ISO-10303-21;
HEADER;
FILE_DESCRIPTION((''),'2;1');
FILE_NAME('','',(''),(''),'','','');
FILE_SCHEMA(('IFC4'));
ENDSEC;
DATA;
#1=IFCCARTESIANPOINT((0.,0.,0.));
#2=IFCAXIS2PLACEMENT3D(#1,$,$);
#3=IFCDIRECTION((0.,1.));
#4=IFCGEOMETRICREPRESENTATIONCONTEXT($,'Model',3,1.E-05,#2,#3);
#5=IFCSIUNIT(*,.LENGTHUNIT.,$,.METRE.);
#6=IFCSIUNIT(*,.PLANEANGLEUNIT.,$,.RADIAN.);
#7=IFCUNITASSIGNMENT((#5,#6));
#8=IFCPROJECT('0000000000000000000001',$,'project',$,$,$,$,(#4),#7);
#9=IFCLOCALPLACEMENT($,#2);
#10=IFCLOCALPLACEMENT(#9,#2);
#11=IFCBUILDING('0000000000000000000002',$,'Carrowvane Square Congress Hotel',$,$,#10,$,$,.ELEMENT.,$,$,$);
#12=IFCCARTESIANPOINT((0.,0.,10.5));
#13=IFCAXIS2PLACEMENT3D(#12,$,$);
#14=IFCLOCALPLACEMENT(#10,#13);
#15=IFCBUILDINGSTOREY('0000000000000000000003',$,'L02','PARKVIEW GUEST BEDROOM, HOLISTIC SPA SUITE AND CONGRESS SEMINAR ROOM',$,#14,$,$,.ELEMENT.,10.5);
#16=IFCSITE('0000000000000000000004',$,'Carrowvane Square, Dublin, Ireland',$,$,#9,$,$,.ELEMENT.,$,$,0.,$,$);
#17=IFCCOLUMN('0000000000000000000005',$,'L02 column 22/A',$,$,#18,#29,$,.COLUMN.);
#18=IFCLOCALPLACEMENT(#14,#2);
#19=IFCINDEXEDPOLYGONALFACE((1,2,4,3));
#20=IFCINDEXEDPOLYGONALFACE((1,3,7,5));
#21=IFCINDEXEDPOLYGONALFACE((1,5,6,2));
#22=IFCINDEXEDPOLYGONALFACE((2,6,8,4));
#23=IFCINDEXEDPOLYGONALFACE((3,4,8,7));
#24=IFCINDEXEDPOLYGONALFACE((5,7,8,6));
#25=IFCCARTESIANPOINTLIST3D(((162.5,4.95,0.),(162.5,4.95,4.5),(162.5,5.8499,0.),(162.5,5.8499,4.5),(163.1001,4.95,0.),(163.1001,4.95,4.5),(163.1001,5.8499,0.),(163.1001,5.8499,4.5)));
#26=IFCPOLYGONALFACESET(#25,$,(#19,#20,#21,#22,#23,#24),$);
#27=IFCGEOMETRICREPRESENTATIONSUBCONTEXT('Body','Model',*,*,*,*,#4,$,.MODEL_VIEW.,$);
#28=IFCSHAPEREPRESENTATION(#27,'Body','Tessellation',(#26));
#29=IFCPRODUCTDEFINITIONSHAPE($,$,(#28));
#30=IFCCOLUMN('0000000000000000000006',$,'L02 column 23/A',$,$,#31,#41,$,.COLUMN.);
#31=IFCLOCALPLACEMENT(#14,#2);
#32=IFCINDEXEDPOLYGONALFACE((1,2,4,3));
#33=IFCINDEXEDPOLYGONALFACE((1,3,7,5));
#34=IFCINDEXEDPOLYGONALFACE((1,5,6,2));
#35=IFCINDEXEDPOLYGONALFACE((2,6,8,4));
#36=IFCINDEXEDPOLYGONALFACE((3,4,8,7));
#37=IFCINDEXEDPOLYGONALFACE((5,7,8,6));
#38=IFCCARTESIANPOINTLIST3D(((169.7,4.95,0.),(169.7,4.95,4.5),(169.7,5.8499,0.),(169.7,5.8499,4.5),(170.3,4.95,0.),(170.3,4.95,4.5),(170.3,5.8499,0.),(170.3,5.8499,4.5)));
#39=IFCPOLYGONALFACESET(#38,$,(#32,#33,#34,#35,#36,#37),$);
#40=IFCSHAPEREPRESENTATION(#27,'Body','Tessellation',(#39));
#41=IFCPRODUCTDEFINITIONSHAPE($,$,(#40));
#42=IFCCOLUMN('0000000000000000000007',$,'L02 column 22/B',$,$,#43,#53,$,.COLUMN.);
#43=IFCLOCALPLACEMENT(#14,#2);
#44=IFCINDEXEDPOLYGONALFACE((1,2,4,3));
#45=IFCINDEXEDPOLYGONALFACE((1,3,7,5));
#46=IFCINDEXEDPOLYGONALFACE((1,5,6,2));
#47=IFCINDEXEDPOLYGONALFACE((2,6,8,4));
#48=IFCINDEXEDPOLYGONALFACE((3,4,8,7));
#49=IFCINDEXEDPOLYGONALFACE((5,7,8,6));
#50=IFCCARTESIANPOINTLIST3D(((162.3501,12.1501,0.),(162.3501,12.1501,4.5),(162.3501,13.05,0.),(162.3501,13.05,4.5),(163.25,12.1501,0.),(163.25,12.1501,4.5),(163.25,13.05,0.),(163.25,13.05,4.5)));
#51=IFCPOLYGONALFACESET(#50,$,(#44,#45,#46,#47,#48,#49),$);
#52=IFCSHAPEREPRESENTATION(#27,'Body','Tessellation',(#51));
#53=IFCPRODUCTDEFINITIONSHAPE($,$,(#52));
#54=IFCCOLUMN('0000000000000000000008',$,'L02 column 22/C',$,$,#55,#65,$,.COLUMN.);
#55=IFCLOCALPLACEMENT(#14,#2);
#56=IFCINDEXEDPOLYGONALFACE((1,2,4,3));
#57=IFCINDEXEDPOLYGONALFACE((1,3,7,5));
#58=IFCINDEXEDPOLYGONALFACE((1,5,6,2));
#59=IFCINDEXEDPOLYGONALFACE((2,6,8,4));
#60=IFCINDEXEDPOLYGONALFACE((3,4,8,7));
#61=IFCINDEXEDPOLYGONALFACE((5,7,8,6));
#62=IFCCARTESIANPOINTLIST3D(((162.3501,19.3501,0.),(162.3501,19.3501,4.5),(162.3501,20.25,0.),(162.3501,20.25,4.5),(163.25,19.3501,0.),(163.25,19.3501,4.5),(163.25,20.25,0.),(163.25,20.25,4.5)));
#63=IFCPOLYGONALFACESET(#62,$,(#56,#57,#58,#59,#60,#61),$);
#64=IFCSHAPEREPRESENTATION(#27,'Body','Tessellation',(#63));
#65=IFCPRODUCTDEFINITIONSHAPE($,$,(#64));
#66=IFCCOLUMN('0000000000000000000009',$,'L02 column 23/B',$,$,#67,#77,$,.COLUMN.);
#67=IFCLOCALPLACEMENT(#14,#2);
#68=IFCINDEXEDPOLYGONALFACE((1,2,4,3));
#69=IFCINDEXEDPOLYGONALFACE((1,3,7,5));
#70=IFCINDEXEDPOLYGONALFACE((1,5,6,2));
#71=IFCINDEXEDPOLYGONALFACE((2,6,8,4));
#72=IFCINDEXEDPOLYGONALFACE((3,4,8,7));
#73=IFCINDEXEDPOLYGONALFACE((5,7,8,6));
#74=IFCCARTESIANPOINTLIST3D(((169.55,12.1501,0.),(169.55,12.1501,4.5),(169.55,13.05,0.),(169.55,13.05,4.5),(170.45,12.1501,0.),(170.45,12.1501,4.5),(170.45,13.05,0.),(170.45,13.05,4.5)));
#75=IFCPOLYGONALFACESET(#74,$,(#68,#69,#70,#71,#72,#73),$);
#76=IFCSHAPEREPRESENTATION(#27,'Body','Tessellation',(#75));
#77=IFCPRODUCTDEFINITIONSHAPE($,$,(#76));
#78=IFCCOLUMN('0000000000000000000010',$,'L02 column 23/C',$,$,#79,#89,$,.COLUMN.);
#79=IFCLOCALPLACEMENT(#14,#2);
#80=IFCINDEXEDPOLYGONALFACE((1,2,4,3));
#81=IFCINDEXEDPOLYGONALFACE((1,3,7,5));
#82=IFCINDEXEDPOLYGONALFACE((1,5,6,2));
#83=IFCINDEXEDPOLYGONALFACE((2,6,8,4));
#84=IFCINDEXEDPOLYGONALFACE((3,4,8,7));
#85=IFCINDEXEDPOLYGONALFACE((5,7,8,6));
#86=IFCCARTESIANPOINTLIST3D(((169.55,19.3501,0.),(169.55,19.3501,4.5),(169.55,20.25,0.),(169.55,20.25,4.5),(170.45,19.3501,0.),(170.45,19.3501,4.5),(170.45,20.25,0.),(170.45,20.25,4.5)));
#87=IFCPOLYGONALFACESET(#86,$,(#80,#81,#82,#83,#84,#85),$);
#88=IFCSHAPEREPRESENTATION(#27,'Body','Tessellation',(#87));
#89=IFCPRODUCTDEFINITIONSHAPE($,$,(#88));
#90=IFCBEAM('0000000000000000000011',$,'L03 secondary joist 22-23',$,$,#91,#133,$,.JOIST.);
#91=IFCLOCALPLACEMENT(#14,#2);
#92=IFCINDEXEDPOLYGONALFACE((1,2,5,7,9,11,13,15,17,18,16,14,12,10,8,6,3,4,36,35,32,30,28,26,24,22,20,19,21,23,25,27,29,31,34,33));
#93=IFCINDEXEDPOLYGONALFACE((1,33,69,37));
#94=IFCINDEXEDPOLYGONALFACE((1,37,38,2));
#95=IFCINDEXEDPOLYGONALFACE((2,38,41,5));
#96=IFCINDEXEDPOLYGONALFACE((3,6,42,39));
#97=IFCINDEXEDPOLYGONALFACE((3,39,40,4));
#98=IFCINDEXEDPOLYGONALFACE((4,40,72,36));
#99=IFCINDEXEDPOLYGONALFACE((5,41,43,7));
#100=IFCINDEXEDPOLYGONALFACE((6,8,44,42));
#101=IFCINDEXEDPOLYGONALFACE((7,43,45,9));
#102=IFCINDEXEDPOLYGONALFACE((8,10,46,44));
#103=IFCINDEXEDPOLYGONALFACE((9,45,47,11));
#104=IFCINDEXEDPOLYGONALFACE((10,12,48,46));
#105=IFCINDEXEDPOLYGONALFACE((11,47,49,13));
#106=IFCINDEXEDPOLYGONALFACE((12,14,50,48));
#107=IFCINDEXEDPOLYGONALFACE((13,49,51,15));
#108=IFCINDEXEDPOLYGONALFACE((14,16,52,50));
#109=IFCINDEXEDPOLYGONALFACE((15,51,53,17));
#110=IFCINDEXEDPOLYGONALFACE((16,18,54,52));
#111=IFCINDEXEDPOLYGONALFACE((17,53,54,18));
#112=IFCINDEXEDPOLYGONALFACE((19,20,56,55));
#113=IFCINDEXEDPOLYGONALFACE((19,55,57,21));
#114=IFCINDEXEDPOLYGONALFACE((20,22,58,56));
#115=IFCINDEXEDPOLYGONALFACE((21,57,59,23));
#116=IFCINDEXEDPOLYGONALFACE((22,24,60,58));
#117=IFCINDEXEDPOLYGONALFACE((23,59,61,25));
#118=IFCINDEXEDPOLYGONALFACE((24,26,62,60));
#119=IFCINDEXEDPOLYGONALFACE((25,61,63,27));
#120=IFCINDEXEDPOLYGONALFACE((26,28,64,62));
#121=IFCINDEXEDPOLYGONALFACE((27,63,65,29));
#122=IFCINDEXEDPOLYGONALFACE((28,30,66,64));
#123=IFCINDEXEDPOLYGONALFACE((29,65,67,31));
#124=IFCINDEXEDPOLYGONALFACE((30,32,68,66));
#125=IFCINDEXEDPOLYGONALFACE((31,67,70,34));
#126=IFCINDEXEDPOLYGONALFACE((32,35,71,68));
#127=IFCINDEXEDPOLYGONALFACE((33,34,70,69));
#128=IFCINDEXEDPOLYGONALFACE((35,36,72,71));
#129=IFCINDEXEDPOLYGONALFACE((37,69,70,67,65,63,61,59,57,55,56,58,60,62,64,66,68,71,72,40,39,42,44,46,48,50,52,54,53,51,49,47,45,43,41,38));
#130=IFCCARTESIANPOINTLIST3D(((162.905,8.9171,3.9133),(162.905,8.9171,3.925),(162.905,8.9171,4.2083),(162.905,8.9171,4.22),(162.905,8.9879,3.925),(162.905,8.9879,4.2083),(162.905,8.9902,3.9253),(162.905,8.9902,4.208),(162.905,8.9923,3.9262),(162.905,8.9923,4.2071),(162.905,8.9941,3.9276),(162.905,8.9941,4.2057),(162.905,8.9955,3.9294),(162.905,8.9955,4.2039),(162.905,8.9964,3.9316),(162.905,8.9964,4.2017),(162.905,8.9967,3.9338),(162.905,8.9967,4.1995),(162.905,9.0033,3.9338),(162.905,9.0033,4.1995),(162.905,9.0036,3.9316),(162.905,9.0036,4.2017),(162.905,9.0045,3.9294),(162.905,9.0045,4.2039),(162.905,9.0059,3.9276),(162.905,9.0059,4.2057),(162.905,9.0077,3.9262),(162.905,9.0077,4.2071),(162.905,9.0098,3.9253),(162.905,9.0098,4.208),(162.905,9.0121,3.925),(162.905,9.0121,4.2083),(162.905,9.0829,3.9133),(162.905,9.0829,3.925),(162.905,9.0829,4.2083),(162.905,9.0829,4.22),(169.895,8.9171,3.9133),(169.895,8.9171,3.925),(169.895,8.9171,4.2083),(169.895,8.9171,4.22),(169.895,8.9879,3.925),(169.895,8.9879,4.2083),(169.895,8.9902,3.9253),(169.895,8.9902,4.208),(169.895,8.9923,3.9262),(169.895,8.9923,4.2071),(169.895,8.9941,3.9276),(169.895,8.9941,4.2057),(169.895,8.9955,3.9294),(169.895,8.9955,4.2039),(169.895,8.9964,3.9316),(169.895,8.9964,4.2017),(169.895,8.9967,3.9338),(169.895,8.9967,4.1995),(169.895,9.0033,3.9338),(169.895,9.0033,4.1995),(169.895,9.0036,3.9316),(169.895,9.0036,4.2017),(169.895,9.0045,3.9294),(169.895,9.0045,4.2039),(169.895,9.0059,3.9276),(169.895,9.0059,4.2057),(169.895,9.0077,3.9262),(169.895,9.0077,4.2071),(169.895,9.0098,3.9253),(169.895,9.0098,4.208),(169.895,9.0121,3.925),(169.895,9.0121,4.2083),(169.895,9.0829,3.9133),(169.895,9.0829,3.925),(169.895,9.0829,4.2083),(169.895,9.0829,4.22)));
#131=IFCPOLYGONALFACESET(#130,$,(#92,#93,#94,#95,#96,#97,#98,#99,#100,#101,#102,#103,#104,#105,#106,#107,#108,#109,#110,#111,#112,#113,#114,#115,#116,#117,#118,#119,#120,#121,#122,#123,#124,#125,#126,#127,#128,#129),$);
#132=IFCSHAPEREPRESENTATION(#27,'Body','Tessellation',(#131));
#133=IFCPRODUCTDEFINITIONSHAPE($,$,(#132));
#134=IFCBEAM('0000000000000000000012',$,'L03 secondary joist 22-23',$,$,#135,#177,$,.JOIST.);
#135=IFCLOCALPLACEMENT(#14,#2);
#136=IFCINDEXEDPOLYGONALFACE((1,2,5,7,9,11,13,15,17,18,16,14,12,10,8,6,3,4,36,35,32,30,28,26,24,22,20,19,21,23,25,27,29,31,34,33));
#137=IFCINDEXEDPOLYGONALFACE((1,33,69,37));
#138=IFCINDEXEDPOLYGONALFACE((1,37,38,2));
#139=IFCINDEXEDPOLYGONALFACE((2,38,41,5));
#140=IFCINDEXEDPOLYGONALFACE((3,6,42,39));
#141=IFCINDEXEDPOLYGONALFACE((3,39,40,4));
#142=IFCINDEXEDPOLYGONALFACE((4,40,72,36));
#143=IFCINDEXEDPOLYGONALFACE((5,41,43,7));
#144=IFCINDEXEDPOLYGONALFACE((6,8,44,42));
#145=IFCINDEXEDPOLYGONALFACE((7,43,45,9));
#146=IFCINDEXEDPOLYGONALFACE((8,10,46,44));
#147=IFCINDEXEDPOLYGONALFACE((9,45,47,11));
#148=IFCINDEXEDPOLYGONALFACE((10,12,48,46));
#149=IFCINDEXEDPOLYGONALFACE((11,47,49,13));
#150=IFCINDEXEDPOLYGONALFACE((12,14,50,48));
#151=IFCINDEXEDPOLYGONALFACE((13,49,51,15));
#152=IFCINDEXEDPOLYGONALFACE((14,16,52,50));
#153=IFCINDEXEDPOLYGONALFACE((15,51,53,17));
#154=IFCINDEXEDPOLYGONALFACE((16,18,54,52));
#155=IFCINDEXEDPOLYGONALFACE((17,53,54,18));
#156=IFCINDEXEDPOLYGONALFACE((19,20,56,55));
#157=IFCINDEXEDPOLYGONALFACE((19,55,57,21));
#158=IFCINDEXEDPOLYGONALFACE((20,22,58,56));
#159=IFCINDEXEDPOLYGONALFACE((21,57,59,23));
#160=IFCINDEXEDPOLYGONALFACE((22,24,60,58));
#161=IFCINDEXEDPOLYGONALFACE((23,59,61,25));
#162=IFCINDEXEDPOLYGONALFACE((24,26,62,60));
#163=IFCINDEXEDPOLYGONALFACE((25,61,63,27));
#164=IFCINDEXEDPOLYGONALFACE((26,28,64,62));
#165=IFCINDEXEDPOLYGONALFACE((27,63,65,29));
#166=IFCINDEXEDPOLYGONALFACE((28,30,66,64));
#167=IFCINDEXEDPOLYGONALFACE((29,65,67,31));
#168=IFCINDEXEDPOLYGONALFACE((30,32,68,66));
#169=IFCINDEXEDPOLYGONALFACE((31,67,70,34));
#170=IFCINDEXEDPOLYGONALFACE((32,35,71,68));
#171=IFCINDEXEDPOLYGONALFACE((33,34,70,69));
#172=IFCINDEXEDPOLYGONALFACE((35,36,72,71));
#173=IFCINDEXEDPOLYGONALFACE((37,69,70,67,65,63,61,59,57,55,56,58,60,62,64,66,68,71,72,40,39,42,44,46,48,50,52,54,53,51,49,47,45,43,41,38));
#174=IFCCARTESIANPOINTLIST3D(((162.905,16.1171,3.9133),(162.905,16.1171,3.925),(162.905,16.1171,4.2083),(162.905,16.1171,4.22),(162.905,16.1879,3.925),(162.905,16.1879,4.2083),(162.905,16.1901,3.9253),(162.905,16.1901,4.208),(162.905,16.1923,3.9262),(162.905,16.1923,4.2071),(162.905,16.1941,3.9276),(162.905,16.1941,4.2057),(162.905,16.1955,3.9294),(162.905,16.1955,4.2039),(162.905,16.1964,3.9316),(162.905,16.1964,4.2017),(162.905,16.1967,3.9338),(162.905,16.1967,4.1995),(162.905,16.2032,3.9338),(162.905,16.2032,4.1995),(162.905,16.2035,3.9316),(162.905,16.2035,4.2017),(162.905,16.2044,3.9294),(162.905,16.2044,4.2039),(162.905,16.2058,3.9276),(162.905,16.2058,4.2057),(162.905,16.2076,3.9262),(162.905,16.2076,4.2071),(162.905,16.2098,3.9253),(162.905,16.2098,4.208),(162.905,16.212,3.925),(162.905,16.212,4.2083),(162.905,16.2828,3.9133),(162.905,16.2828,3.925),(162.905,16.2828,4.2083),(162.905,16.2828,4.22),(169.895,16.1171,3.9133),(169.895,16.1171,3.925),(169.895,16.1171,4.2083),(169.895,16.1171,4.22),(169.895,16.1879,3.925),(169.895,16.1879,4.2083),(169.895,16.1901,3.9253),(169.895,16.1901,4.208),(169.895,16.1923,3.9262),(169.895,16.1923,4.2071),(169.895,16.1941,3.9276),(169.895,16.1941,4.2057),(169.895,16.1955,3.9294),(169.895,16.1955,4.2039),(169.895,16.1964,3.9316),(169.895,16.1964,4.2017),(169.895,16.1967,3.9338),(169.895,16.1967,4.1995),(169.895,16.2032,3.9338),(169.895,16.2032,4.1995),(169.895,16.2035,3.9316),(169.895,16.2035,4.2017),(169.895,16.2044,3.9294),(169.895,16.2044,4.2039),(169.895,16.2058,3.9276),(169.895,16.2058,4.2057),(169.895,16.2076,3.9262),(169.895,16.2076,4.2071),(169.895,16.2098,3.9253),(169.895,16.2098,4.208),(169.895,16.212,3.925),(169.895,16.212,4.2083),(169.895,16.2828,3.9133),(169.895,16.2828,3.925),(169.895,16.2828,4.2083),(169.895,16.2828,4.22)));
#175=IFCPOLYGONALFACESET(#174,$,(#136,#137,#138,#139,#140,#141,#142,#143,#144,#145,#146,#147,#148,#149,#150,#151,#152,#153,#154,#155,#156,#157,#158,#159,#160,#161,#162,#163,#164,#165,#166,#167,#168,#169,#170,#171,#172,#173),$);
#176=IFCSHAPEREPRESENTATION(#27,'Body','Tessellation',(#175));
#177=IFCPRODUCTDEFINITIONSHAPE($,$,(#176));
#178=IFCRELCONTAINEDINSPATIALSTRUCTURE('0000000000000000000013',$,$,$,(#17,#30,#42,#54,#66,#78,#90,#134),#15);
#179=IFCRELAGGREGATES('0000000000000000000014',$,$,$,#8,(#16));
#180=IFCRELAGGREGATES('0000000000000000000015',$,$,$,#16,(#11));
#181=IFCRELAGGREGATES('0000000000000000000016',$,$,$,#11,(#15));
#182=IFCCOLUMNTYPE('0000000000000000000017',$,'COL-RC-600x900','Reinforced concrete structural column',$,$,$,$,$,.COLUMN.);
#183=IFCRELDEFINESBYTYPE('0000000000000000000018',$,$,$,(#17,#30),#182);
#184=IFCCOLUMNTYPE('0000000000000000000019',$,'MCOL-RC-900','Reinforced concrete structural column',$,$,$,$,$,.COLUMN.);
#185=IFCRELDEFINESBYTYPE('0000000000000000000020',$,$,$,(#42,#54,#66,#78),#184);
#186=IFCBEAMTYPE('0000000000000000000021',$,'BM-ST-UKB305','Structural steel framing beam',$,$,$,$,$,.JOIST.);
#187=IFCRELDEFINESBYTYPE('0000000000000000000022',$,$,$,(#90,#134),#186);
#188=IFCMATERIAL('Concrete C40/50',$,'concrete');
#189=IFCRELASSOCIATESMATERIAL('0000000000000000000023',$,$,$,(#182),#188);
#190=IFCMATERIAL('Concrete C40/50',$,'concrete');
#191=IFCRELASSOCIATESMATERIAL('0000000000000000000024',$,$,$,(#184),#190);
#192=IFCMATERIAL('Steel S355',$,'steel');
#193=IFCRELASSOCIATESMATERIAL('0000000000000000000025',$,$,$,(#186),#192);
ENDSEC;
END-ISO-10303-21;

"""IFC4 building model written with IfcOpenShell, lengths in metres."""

from ifc_helpers import new_model, si_unit, direction, frame, origin, origin_2d, place, context, subcontext, project, spatial, rectangle, i_section, extrude, material, material_profile, profile_set, type_object, element, save


model = new_model("IFC4")

# Units and contexts
model_context = context("Model", 3, precision=1e-05, world=origin(), true_north=direction((0.0, 1.0)))
body_context = subcontext(model_context, "Body", "Model", "MODEL_VIEW")
ifc_project = project(units=[si_unit("LENGTHUNIT", "METRE"), si_unit("PLANEANGLEUNIT", "RADIAN")], contexts=[model_context])

# Site, building, storey
site_placement = place(None, origin())
site = spatial("IfcSite", under=ifc_project, at=site_placement, Name="Carrowvane Square, Dublin, Ireland", CompositionType="ELEMENT", RefElevation=0.0)
building_placement = place(site_placement, origin())
building = spatial("IfcBuilding", under=site, at=building_placement, Name="Carrowvane Square Congress Hotel", CompositionType="ELEMENT")
storey_placement = place(building_placement, frame((0.0, 0.0, 10.5)))
storey = spatial("IfcBuildingStorey", under=building, at=storey_placement, Name="L02", Description="PARKVIEW GUEST BEDROOM, HOLISTIC SPA SUITE AND CONGRESS SEMINAR ROOM", CompositionType="ELEMENT", Elevation=10.5)

# Columns
ifc_material_1 = material(Name="Concrete C40/50", Category="concrete")
ifc_material_profile_1 = material_profile(ifc_material_1, rectangle(XDim=0.6001, YDim=0.8999, at=origin_2d()), Name="RC 600x900")
ifc_profile_set_1 = profile_set([ifc_material_profile_1], Name="Concrete C40/50")
column_type_1 = type_object("IfcColumnType", Name="COL-RC-600x900", Description="Reinforced concrete structural column", PredefinedType="COLUMN", material=ifc_profile_set_1)
for number, where, z_axis, x_axis, name in (
    (1, (162.8, 5.3999, 0.0), (0.0, 0.0, 1.0), (1.0, 0.0, 0.0), "L02 column 22/A"),
    (2, (170.0, 5.3999, 0.0), (0.0, 0.0, 1.0), (1.0, 0.0, 0.0), "L02 column 23/A"),
):
    element("IfcColumn", number, at=place(storey_placement, frame(where, z_axis=z_axis, x_axis=x_axis)), inside=storey, type_object=column_type_1, Name=name, PredefinedType="COLUMN", context=body_context, shape_type="SweptSolid", body=[
        extrude(rectangle(XDim=0.6001, YDim=0.8999, at=origin_2d()), origin(), (0.0, 0.0, 1.0), 4.5),
    ])
ifc_material_2 = material(Name="Concrete C40/50", Category="concrete")
ifc_material_profile_2 = material_profile(ifc_material_2, rectangle(XDim=0.8999, YDim=0.8999, at=origin_2d()), Name="RC 900x900")
ifc_profile_set_2 = profile_set([ifc_material_profile_2], Name="Concrete C40/50")
column_type_2 = type_object("IfcColumnType", Name="MCOL-RC-900", Description="Reinforced concrete structural column", PredefinedType="COLUMN", material=ifc_profile_set_2)
for number, where, z_axis, x_axis, name in (
    (3, (162.8, 12.6001, 0.0), (0.0, 0.0, 1.0), (1.0, 0.0, 0.0), "L02 column 22/B"),
    (4, (162.8, 19.8, 0.0), (0.0, 0.0, 1.0), (1.0, 0.0, 0.0), "L02 column 22/C"),
    (5, (170.0, 12.6001, 0.0), (0.0, 0.0, 1.0), (1.0, 0.0, 0.0), "L02 column 23/B"),
    (6, (170.0, 19.8, 0.0), (0.0, 0.0, 1.0), (1.0, 0.0, 0.0), "L02 column 23/C"),
):
    element("IfcColumn", number, at=place(storey_placement, frame(where, z_axis=z_axis, x_axis=x_axis)), inside=storey, type_object=column_type_2, Name=name, PredefinedType="COLUMN", context=body_context, shape_type="SweptSolid", body=[
        extrude(rectangle(XDim=0.8999, YDim=0.8999, at=origin_2d()), origin(), (0.0, 0.0, 1.0), 4.5),
    ])

# Beams
ifc_material_3 = material(Name="Steel S355", Category="steel")
ifc_material_profile_3 = material_profile(ifc_material_3, i_section(OverallWidth=0.1658, OverallDepth=0.3066, WebThickness=0.0066, FlangeThickness=0.0117, FilletRadius=0.0088, at=origin_2d()), Name="UKB 305x165x46")
ifc_profile_set_3 = profile_set([ifc_material_profile_3], Name="Steel S355")
beam_type_1 = type_object("IfcBeamType", Name="BM-ST-UKB305", Description="Structural steel framing beam", PredefinedType="JOIST", material=ifc_profile_set_3)
for number, where, z_axis, x_axis, name in (
    (7, (162.905, 9.0, 4.0667), (1.0, 0.0, 0.0), (0.0, 1.0, 0.0), "L03 secondary joist 22-23"),
    (8, (162.905, 16.2, 4.0667), (1.0, 0.0, 0.0), (0.0, 1.0, 0.0), "L03 secondary joist 22-23"),
):
    element("IfcBeam", number, at=place(storey_placement, frame(where, z_axis=z_axis, x_axis=x_axis)), inside=storey, type_object=beam_type_1, Name=name, PredefinedType="JOIST", context=body_context, shape_type="SweptSolid", body=[
        extrude(i_section(OverallWidth=0.1658, OverallDepth=0.3066, WebThickness=0.0066, FlangeThickness=0.0117, FilletRadius=0.0088, at=origin_2d()), origin(), (0.0, 0.0, 1.0), 6.99),
    ])

save(model, "model.ifc")
